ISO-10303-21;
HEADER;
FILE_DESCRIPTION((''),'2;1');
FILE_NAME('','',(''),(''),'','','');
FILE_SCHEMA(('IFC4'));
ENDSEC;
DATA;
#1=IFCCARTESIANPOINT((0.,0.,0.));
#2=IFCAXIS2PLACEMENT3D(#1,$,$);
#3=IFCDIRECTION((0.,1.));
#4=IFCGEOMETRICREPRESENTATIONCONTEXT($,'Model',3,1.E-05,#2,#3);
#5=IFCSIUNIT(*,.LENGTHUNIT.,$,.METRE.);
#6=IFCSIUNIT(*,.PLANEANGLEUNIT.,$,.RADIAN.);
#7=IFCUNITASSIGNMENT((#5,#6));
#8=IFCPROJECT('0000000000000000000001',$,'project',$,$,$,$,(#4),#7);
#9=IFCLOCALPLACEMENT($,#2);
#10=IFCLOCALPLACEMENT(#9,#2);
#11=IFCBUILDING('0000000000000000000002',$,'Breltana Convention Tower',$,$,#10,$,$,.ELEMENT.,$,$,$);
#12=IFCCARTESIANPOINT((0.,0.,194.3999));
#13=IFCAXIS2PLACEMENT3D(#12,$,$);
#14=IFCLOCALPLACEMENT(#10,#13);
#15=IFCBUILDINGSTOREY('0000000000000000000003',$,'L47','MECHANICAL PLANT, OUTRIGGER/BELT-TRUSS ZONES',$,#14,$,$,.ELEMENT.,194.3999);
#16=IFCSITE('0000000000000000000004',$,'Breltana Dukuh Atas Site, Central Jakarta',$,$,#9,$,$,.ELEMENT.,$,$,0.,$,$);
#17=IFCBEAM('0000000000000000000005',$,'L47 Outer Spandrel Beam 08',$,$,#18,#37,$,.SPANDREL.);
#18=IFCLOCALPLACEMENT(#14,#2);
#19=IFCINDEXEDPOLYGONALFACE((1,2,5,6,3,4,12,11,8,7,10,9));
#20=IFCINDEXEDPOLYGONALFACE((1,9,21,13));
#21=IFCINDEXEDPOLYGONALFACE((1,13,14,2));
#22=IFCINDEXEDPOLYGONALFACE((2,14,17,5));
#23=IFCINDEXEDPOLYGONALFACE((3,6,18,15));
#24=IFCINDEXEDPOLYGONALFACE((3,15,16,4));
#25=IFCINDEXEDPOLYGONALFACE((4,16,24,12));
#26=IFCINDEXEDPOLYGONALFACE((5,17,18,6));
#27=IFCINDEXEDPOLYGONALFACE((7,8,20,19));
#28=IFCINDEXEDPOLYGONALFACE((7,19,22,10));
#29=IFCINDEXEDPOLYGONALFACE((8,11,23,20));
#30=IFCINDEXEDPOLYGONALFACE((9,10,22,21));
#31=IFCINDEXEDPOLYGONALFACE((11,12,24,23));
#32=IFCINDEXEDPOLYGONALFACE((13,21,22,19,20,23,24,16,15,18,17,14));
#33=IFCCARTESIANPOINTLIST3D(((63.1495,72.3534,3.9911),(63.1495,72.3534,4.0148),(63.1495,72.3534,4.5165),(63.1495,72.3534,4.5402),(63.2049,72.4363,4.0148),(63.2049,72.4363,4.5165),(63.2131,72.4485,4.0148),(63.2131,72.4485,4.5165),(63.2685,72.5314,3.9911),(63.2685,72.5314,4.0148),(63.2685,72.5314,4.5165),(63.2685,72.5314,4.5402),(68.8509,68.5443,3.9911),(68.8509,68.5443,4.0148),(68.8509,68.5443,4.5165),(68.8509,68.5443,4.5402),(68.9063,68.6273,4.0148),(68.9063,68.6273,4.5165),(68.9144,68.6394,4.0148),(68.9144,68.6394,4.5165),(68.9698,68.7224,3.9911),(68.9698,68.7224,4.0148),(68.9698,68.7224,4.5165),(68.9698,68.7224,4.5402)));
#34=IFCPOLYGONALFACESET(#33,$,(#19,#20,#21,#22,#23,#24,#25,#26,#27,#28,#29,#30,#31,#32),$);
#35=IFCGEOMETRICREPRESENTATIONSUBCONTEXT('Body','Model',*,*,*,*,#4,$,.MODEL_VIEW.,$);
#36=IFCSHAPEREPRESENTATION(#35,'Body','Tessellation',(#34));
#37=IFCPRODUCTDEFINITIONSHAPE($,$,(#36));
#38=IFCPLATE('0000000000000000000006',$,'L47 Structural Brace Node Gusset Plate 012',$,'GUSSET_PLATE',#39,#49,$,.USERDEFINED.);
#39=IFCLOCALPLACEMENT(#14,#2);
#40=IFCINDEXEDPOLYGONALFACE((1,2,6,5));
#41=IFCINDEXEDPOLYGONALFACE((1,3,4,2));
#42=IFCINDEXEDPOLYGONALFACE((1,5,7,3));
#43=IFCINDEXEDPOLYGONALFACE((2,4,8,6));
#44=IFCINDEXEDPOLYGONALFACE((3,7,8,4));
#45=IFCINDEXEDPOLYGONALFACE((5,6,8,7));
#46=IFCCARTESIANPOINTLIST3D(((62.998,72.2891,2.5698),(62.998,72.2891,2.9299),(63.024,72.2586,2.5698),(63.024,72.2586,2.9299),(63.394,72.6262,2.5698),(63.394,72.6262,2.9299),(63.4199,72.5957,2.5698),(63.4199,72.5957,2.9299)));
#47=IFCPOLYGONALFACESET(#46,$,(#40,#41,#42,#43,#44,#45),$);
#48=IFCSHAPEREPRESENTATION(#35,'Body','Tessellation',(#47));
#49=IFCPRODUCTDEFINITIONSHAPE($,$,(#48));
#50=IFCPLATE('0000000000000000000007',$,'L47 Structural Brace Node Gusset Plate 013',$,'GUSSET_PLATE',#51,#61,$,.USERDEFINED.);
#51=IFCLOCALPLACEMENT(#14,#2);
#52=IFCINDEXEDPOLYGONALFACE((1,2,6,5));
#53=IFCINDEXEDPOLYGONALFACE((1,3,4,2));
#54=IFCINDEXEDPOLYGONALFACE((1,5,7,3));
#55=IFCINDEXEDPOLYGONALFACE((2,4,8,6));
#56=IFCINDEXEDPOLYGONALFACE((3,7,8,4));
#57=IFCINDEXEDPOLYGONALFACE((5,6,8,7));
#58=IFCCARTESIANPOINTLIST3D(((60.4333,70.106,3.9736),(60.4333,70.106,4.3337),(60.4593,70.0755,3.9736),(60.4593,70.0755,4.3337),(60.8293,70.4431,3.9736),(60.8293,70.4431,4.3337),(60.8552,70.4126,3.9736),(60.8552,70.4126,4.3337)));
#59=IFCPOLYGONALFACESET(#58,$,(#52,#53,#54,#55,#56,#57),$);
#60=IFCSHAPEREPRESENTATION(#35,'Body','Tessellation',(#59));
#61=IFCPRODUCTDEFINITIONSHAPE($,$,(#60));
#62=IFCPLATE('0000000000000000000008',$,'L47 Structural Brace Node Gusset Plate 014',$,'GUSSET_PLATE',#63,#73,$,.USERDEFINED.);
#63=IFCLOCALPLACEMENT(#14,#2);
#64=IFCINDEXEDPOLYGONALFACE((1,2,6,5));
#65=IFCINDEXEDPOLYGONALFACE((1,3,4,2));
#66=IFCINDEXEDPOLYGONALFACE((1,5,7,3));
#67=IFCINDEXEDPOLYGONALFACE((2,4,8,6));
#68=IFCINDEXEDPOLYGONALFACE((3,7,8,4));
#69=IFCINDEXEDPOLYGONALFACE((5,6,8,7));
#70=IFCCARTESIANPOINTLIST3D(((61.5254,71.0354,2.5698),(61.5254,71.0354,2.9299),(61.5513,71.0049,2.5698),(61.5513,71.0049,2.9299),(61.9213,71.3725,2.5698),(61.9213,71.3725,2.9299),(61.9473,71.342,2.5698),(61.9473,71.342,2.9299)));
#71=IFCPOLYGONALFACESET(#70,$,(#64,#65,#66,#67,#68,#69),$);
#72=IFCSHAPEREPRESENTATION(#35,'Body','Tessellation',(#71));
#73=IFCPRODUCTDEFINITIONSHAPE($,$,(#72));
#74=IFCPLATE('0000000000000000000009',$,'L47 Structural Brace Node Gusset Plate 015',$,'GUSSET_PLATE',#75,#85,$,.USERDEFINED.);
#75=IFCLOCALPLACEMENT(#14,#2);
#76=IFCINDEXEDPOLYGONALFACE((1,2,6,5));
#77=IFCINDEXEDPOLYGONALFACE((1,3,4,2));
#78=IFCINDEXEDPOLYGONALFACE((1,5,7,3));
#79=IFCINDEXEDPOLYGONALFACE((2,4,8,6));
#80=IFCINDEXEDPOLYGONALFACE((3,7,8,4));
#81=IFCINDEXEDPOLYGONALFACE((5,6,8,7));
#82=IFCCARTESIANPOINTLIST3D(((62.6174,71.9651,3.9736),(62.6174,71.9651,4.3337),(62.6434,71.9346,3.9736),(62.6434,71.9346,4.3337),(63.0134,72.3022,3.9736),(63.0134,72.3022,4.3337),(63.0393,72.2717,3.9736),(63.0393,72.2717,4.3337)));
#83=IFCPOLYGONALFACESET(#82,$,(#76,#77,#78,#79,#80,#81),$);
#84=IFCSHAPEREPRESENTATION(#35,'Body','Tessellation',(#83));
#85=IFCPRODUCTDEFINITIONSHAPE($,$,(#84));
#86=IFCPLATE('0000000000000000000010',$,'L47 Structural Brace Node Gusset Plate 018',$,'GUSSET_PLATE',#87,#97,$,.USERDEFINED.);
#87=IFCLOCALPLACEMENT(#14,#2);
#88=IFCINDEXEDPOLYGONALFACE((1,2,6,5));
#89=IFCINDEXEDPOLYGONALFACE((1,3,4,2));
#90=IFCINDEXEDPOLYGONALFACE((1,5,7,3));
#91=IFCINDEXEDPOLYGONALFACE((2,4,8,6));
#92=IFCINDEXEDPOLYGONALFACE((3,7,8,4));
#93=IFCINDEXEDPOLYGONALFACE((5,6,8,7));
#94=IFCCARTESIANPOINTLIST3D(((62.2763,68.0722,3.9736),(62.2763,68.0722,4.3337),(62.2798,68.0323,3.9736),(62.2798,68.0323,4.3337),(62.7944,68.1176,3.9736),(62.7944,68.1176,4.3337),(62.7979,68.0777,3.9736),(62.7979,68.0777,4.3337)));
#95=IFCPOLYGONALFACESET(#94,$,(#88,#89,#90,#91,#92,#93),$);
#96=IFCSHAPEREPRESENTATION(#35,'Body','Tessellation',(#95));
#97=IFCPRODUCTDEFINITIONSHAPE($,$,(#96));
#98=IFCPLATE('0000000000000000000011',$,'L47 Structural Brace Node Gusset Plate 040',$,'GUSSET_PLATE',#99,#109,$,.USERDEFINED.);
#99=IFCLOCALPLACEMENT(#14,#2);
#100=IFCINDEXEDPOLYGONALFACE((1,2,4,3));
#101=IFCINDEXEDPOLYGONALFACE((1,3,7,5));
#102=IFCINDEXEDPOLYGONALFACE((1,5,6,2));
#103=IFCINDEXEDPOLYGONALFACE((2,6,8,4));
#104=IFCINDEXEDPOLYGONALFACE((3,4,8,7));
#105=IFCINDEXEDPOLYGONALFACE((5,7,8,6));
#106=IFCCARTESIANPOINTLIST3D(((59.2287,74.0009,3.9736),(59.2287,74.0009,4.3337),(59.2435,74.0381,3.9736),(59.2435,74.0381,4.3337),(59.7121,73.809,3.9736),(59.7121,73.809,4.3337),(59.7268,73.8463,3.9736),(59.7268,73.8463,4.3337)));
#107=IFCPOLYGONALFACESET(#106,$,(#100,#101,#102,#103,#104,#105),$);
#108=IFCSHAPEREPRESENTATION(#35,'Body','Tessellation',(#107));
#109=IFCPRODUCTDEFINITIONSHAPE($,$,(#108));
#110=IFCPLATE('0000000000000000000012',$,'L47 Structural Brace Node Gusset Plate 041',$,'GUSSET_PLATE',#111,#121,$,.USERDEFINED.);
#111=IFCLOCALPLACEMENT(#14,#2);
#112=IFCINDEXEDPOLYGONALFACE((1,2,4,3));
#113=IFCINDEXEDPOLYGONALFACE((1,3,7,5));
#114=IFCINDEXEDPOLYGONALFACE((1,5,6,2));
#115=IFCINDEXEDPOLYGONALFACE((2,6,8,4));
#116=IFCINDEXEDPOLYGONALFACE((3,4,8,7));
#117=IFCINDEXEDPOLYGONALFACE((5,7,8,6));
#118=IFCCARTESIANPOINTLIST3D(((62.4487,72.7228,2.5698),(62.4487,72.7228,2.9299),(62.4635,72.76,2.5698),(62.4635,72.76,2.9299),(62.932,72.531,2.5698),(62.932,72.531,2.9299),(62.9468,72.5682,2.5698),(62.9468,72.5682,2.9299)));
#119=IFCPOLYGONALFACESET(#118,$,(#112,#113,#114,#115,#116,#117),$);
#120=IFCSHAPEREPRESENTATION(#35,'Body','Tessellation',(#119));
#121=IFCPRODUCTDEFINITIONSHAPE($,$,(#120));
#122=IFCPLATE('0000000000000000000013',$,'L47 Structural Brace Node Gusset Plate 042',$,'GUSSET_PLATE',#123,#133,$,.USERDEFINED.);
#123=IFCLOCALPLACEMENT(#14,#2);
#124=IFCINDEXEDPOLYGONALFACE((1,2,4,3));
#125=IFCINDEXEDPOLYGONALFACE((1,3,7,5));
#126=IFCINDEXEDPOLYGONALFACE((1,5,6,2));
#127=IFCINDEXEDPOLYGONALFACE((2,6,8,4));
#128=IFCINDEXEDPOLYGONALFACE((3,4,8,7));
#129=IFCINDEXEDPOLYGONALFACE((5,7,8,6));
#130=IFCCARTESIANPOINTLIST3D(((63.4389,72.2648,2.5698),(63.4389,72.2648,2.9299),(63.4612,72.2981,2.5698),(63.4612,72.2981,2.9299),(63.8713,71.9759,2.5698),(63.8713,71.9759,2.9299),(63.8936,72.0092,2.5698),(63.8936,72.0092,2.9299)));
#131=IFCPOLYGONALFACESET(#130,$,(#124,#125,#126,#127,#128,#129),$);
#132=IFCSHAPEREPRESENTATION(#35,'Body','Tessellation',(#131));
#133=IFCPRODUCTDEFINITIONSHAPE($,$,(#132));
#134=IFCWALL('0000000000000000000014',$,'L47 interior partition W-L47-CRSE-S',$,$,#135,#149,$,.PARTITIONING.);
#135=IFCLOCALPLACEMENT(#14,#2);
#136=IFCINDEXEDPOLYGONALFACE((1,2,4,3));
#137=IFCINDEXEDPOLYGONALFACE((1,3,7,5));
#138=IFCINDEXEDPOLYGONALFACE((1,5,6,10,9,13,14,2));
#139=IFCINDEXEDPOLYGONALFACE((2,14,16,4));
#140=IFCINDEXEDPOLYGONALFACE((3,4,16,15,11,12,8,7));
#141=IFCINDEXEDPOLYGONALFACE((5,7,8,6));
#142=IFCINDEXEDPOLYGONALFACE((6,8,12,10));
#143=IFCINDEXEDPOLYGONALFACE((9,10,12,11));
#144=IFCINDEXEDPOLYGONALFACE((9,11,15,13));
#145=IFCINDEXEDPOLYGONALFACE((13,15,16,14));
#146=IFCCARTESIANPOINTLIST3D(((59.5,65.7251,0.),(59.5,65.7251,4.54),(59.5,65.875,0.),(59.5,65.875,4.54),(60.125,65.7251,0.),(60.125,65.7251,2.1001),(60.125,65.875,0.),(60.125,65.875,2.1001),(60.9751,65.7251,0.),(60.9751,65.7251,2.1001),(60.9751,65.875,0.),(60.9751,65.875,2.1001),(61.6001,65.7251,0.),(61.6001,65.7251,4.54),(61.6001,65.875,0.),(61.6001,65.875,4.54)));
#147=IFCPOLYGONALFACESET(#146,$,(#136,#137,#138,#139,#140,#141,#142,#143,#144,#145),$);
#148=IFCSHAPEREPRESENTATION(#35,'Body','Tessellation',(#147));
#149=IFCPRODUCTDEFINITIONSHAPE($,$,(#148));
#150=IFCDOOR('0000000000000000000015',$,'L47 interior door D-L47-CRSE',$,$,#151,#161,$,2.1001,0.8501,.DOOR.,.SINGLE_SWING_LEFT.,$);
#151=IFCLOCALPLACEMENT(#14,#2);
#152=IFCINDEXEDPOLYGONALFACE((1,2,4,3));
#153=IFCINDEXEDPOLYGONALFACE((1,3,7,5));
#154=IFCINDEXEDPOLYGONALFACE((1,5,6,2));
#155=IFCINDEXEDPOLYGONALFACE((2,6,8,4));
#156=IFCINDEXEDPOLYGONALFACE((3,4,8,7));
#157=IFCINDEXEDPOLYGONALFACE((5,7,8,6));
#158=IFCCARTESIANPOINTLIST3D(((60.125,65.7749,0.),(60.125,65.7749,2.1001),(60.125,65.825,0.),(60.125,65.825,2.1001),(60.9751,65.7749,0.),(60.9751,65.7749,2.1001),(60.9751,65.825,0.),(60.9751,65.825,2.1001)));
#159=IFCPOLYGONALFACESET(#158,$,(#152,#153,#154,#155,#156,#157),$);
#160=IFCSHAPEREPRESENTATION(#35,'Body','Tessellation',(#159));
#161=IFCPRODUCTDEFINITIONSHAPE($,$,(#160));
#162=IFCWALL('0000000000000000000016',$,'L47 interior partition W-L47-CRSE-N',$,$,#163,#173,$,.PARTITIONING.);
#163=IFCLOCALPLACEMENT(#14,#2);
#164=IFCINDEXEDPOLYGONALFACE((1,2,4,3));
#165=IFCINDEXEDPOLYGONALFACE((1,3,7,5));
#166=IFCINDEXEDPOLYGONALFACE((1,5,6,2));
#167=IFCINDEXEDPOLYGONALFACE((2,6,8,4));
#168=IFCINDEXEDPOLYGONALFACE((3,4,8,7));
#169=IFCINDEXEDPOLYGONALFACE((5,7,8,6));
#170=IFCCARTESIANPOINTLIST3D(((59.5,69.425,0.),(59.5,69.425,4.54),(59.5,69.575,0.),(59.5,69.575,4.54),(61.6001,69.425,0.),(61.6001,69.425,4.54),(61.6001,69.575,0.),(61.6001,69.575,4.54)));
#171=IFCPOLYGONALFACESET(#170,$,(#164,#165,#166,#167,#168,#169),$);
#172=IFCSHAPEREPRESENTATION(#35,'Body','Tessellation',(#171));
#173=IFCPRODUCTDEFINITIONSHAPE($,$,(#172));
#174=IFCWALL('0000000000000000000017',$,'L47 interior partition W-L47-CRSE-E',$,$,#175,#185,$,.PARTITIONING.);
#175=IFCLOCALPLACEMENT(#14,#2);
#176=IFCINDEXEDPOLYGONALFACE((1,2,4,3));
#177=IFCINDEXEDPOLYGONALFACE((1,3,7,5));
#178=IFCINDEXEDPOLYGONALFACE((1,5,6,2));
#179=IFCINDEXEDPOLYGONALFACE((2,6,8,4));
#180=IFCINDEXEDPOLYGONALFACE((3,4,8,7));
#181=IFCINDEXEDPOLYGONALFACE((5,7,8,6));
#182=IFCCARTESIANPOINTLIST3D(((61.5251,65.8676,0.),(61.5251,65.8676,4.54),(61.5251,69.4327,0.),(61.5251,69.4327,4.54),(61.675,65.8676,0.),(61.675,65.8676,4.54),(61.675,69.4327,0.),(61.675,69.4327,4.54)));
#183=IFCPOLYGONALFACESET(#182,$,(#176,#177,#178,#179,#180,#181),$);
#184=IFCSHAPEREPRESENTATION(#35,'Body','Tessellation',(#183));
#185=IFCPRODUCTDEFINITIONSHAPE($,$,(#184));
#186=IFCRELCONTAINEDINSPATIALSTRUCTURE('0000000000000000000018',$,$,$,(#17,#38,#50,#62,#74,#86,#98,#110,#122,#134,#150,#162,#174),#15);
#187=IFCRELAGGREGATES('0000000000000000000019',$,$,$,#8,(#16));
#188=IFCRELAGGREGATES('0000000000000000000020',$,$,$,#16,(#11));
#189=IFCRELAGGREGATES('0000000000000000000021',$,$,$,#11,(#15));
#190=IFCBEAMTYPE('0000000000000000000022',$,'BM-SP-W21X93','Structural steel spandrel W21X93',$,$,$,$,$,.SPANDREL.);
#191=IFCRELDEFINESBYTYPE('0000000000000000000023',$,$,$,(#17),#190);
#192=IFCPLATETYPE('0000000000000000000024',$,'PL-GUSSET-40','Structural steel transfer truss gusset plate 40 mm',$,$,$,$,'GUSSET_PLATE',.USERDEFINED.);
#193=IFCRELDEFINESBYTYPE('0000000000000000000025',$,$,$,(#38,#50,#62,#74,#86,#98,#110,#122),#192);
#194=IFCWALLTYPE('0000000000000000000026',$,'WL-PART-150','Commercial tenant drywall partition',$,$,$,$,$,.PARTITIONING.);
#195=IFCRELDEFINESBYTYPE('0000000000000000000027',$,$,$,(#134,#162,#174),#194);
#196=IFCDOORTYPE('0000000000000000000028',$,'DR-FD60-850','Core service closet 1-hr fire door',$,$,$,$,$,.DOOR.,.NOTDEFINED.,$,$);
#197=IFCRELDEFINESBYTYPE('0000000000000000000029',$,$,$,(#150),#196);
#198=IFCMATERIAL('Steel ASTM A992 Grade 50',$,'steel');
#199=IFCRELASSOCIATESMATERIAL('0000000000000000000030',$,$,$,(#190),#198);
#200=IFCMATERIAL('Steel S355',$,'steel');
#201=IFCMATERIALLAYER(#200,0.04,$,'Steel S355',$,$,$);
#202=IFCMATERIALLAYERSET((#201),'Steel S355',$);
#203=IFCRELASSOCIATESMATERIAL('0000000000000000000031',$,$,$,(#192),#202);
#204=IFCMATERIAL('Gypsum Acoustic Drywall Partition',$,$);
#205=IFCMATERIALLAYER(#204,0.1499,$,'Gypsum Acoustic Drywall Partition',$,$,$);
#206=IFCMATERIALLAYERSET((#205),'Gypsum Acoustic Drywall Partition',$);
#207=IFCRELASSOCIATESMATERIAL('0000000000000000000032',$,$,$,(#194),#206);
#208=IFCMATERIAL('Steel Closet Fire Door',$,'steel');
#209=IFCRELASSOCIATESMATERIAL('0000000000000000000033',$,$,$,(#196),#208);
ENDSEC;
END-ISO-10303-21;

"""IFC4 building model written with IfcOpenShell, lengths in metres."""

from ifc_helpers import new_model, si_unit, direction, frame, frame_2d, origin, origin_2d, place, context, subcontext, project, spatial, rectangle, i_section, extrude, source, transform, mapped, material, layer, layer_set, material_profile, profile_set, type_object, type_shapes, element, fill, save


model = new_model("IFC4")

# Units and contexts
model_context = context("Model", 3, precision=1e-05, world=origin(), true_north=direction((0.0, 1.0)))
body_context = subcontext(model_context, "Body", "Model", "MODEL_VIEW")
ifc_project = project(units=[si_unit("LENGTHUNIT", "METRE"), si_unit("PLANEANGLEUNIT", "RADIAN")], contexts=[model_context])

# Site, building, storey
site_placement = place(None, origin())
site = spatial("IfcSite", under=ifc_project, at=site_placement, Name="Breltana Dukuh Atas Site, Central Jakarta", CompositionType="ELEMENT", RefElevation=0.0)
building_placement = place(site_placement, origin())
building = spatial("IfcBuilding", under=site, at=building_placement, Name="Breltana Convention Tower", CompositionType="ELEMENT")
storey_placement = place(building_placement, frame((0.0, 0.0, 194.3999)))
storey = spatial("IfcBuildingStorey", under=building, at=storey_placement, Name="L47", Description="MECHANICAL PLANT, OUTRIGGER/BELT-TRUSS ZONES", CompositionType="ELEMENT", Elevation=194.3999)

# Shared definitions
ifc_material_1 = material(Name="Steel ASTM A992 Grade 50", Category="steel")

# Beam
ifc_material_profile_1 = material_profile(ifc_material_1, i_section(OverallWidth=0.2141, OverallDepth=0.5491, WebThickness=0.0146, FlangeThickness=0.0237, at=origin_2d()), Name="W21X93")
ifc_profile_set_1 = profile_set([ifc_material_profile_1], Name="Steel ASTM A992 Grade 50")
beam_type_1 = type_object("IfcBeamType", Name="BM-SP-W21X93", Description="Structural steel spandrel W21X93", PredefinedType="SPANDREL", material=ifc_profile_set_1)
shared_shape_1 = source(origin(), body_context, "Body", "SweptSolid", [
    extrude(i_section(OverallWidth=0.2141, OverallDepth=0.5491, WebThickness=0.0146, FlangeThickness=0.0237, at=origin_2d()), origin(), (0.0, 0.0, 1.0), 6.8567),
])
beam_1_placement = place(storey_placement, frame((63.209, 72.4424, 4.2656), z_axis=(0.831502, -0.555522, 0.0), x_axis=(0.555522, 0.831502, 0.0)))
element("IfcBeam", 1, at=beam_1_placement, inside=storey, type_object=beam_type_1, Name="L47 Outer Spandrel Beam 08", PredefinedType="SPANDREL", context=body_context, shape_type="MappedRepresentation", body=[
    mapped(shared_shape_1, transform((0.0, 0.0, 0.0), scale=1.0)),
])

# Plates
ifc_material_2 = material(Name="Steel S355", Category="steel")
ifc_layer_1 = layer(ifc_material_2, 0.04, Name="Steel S355")
ifc_layer_set_1 = layer_set([ifc_layer_1], Name="Steel S355")
plate_type = type_object("IfcPlateType", Name="PL-GUSSET-40", Description="Structural steel transfer truss gusset plate 40 mm", ElementType="GUSSET_PLATE", PredefinedType="USERDEFINED", material=ifc_layer_set_1)
shared_shape_2 = source(origin(), body_context, "Body", "SweptSolid", [
    extrude(rectangle(XDim=0.52, YDim=0.04, at=origin_2d()), origin(), (0.0, 0.0, 1.0), 0.3601),
])
for number, where, z_axis, x_axis, name in (
    (2, (63.209, 72.4424, 2.5698), (0.0, 0.0, 1.0), (0.761425, 0.648253, 0.0), "L47 Structural Brace Node Gusset Plate 012"),
    (3, (60.6443, 70.2593, 3.9736), (0.0, 0.0, 1.0), (0.761425, 0.648253, 0.0), "L47 Structural Brace Node Gusset Plate 013"),
    (4, (61.7363, 71.1887, 2.5698), (0.0, 0.0, 1.0), (0.761425, 0.648253, 0.0), "L47 Structural Brace Node Gusset Plate 014"),
    (5, (62.8284, 72.1184, 3.9736), (0.0, 0.0, 1.0), (0.761425, 0.648253, 0.0), "L47 Structural Brace Node Gusset Plate 015"),
    (6, (62.5371, 68.075, 3.9736), (0.0, 0.0, 1.0), (0.996179, 0.08733, 0.0), "L47 Structural Brace Node Gusset Plate 018"),
    (7, (59.4778, 73.9236, 3.9736), (0.0, 0.0, 1.0), (0.929455, -0.368936, 0.0), "L47 Structural Brace Node Gusset Plate 040"),
    (8, (62.6978, 72.6455, 2.5698), (0.0, 0.0, 1.0), (0.929455, -0.368936, 0.0), "L47 Structural Brace Node Gusset Plate 041"),
    (9, (63.6663, 72.137, 2.5698), (0.0, 0.0, 1.0), (0.83147, -0.55557, 0.0), "L47 Structural Brace Node Gusset Plate 042"),
):
    element("IfcPlate", number, at=place(storey_placement, frame(where, z_axis=z_axis, x_axis=x_axis)), inside=storey, type_object=plate_type, Name=name, ObjectType="GUSSET_PLATE", PredefinedType="USERDEFINED", context=body_context, shape_type="MappedRepresentation", body=[
        mapped(shared_shape_2, transform((0.0, 0.0, 0.0), scale=1.0)),
    ])

# Wall, opening, door
ifc_material_3 = material(Name="Gypsum Acoustic Drywall Partition")
ifc_layer_2 = layer(ifc_material_3, 0.1499, Name="Gypsum Acoustic Drywall Partition")
ifc_layer_set_2 = layer_set([ifc_layer_2], Name="Gypsum Acoustic Drywall Partition")
wall_type = type_object("IfcWallType", Name="WL-PART-150", Description="Commercial tenant drywall partition", PredefinedType="PARTITIONING", material=ifc_layer_set_2)
shared_shape_3 = source(origin(), body_context, "Body", "SweptSolid", [
    extrude(rectangle(XDim=2.1001, YDim=0.1499, at=frame_2d((1.05, 0.0))), origin(), (0.0, 0.0, 1.0), 4.54),
])
wall_1_placement = place(storey_placement, frame((59.5, 65.8, 0.0), z_axis=(0.0, 0.0, 1.0), x_axis=(1.0, 0.0, 0.0)))
wall_1 = element("IfcWall", 10, at=wall_1_placement, inside=storey, type_object=wall_type, Name="L47 interior partition W-L47-CRSE-S", PredefinedType="PARTITIONING", context=body_context, shape_type="MappedRepresentation", body=[
    mapped(shared_shape_3, transform((0.0, 0.0, 0.0), scale=1.0)),
])
opening_placement = place(wall_1_placement, frame((0.625, 0.0, 0.0)))
opening = element("IfcOpeningElement", 11, at=opening_placement, cuts=wall_1, PredefinedType="OPENING", context=body_context, shape_type="SweptSolid", body=[
    extrude(rectangle(XDim=0.8501, YDim=2.1001, at=frame_2d((0.425, 1.05))), frame((0.0, 0.085, 0.0), z_axis=(0.0, -1.0, 0.0), x_axis=(1.0, 0.0, 0.0)), (0.0, 0.0, 1.0), 0.1699),
])
ifc_material_4 = material(Name="Steel Closet Fire Door", Category="steel")
door_type = type_object("IfcDoorType", Name="DR-FD60-850", Description="Core service closet 1-hr fire door", OperationType="NOTDEFINED", PredefinedType="DOOR", material=ifc_material_4)
shared_shape_4 = source(origin(), body_context, "Body", "SweptSolid", [
    extrude(rectangle(XDim=0.8501, YDim=2.1001, at=frame_2d((0.425, 1.05))), frame((0.0, 0.0249, 0.0), z_axis=(0.0, -1.0, 0.0), x_axis=(1.0, 0.0, 0.0)), (0.0, 0.0, 1.0), 0.05),
])
type_shapes(door_type, [shared_shape_4])
door_placement = place(opening_placement, origin())
door = element("IfcDoor", 12, at=door_placement, inside=storey, type_object=door_type, Name="L47 interior door D-L47-CRSE", OperationType="SINGLE_SWING_LEFT", OverallHeight=2.1001, OverallWidth=0.8501, PredefinedType="DOOR", context=body_context, shape_type="MappedRepresentation", body=[
    mapped(shared_shape_4, transform((0.0, 0.0, 0.0), scale=1.0)),
])
fill(opening, door)

# Walls
wall_2_placement = place(storey_placement, frame((59.5, 69.5, 0.0), z_axis=(0.0, 0.0, 1.0), x_axis=(1.0, 0.0, 0.0)))
element("IfcWall", 13, at=wall_2_placement, inside=storey, type_object=wall_type, Name="L47 interior partition W-L47-CRSE-N", PredefinedType="PARTITIONING", context=body_context, shape_type="MappedRepresentation", body=[
    mapped(shared_shape_3, transform((0.0, 0.0, 0.0), scale=1.0)),
])
shared_shape_5 = source(origin(), body_context, "Body", "SweptSolid", [
    extrude(rectangle(XDim=3.5652, YDim=0.1499, at=frame_2d((1.7827, 0.0))), origin(), (0.0, 0.0, 1.0), 4.54),
])
wall_3_placement = place(storey_placement, frame((61.6001, 65.8674, 0.0), z_axis=(0.0, 0.0, 1.0), x_axis=(0.0, 1.0, 0.0)))
element("IfcWall", 14, at=wall_3_placement, inside=storey, type_object=wall_type, Name="L47 interior partition W-L47-CRSE-E", PredefinedType="PARTITIONING", context=body_context, shape_type="MappedRepresentation", body=[
    mapped(shared_shape_5, transform((0.0, 0.0, 0.0), scale=1.0)),
])

save(model, "model.ifc")
